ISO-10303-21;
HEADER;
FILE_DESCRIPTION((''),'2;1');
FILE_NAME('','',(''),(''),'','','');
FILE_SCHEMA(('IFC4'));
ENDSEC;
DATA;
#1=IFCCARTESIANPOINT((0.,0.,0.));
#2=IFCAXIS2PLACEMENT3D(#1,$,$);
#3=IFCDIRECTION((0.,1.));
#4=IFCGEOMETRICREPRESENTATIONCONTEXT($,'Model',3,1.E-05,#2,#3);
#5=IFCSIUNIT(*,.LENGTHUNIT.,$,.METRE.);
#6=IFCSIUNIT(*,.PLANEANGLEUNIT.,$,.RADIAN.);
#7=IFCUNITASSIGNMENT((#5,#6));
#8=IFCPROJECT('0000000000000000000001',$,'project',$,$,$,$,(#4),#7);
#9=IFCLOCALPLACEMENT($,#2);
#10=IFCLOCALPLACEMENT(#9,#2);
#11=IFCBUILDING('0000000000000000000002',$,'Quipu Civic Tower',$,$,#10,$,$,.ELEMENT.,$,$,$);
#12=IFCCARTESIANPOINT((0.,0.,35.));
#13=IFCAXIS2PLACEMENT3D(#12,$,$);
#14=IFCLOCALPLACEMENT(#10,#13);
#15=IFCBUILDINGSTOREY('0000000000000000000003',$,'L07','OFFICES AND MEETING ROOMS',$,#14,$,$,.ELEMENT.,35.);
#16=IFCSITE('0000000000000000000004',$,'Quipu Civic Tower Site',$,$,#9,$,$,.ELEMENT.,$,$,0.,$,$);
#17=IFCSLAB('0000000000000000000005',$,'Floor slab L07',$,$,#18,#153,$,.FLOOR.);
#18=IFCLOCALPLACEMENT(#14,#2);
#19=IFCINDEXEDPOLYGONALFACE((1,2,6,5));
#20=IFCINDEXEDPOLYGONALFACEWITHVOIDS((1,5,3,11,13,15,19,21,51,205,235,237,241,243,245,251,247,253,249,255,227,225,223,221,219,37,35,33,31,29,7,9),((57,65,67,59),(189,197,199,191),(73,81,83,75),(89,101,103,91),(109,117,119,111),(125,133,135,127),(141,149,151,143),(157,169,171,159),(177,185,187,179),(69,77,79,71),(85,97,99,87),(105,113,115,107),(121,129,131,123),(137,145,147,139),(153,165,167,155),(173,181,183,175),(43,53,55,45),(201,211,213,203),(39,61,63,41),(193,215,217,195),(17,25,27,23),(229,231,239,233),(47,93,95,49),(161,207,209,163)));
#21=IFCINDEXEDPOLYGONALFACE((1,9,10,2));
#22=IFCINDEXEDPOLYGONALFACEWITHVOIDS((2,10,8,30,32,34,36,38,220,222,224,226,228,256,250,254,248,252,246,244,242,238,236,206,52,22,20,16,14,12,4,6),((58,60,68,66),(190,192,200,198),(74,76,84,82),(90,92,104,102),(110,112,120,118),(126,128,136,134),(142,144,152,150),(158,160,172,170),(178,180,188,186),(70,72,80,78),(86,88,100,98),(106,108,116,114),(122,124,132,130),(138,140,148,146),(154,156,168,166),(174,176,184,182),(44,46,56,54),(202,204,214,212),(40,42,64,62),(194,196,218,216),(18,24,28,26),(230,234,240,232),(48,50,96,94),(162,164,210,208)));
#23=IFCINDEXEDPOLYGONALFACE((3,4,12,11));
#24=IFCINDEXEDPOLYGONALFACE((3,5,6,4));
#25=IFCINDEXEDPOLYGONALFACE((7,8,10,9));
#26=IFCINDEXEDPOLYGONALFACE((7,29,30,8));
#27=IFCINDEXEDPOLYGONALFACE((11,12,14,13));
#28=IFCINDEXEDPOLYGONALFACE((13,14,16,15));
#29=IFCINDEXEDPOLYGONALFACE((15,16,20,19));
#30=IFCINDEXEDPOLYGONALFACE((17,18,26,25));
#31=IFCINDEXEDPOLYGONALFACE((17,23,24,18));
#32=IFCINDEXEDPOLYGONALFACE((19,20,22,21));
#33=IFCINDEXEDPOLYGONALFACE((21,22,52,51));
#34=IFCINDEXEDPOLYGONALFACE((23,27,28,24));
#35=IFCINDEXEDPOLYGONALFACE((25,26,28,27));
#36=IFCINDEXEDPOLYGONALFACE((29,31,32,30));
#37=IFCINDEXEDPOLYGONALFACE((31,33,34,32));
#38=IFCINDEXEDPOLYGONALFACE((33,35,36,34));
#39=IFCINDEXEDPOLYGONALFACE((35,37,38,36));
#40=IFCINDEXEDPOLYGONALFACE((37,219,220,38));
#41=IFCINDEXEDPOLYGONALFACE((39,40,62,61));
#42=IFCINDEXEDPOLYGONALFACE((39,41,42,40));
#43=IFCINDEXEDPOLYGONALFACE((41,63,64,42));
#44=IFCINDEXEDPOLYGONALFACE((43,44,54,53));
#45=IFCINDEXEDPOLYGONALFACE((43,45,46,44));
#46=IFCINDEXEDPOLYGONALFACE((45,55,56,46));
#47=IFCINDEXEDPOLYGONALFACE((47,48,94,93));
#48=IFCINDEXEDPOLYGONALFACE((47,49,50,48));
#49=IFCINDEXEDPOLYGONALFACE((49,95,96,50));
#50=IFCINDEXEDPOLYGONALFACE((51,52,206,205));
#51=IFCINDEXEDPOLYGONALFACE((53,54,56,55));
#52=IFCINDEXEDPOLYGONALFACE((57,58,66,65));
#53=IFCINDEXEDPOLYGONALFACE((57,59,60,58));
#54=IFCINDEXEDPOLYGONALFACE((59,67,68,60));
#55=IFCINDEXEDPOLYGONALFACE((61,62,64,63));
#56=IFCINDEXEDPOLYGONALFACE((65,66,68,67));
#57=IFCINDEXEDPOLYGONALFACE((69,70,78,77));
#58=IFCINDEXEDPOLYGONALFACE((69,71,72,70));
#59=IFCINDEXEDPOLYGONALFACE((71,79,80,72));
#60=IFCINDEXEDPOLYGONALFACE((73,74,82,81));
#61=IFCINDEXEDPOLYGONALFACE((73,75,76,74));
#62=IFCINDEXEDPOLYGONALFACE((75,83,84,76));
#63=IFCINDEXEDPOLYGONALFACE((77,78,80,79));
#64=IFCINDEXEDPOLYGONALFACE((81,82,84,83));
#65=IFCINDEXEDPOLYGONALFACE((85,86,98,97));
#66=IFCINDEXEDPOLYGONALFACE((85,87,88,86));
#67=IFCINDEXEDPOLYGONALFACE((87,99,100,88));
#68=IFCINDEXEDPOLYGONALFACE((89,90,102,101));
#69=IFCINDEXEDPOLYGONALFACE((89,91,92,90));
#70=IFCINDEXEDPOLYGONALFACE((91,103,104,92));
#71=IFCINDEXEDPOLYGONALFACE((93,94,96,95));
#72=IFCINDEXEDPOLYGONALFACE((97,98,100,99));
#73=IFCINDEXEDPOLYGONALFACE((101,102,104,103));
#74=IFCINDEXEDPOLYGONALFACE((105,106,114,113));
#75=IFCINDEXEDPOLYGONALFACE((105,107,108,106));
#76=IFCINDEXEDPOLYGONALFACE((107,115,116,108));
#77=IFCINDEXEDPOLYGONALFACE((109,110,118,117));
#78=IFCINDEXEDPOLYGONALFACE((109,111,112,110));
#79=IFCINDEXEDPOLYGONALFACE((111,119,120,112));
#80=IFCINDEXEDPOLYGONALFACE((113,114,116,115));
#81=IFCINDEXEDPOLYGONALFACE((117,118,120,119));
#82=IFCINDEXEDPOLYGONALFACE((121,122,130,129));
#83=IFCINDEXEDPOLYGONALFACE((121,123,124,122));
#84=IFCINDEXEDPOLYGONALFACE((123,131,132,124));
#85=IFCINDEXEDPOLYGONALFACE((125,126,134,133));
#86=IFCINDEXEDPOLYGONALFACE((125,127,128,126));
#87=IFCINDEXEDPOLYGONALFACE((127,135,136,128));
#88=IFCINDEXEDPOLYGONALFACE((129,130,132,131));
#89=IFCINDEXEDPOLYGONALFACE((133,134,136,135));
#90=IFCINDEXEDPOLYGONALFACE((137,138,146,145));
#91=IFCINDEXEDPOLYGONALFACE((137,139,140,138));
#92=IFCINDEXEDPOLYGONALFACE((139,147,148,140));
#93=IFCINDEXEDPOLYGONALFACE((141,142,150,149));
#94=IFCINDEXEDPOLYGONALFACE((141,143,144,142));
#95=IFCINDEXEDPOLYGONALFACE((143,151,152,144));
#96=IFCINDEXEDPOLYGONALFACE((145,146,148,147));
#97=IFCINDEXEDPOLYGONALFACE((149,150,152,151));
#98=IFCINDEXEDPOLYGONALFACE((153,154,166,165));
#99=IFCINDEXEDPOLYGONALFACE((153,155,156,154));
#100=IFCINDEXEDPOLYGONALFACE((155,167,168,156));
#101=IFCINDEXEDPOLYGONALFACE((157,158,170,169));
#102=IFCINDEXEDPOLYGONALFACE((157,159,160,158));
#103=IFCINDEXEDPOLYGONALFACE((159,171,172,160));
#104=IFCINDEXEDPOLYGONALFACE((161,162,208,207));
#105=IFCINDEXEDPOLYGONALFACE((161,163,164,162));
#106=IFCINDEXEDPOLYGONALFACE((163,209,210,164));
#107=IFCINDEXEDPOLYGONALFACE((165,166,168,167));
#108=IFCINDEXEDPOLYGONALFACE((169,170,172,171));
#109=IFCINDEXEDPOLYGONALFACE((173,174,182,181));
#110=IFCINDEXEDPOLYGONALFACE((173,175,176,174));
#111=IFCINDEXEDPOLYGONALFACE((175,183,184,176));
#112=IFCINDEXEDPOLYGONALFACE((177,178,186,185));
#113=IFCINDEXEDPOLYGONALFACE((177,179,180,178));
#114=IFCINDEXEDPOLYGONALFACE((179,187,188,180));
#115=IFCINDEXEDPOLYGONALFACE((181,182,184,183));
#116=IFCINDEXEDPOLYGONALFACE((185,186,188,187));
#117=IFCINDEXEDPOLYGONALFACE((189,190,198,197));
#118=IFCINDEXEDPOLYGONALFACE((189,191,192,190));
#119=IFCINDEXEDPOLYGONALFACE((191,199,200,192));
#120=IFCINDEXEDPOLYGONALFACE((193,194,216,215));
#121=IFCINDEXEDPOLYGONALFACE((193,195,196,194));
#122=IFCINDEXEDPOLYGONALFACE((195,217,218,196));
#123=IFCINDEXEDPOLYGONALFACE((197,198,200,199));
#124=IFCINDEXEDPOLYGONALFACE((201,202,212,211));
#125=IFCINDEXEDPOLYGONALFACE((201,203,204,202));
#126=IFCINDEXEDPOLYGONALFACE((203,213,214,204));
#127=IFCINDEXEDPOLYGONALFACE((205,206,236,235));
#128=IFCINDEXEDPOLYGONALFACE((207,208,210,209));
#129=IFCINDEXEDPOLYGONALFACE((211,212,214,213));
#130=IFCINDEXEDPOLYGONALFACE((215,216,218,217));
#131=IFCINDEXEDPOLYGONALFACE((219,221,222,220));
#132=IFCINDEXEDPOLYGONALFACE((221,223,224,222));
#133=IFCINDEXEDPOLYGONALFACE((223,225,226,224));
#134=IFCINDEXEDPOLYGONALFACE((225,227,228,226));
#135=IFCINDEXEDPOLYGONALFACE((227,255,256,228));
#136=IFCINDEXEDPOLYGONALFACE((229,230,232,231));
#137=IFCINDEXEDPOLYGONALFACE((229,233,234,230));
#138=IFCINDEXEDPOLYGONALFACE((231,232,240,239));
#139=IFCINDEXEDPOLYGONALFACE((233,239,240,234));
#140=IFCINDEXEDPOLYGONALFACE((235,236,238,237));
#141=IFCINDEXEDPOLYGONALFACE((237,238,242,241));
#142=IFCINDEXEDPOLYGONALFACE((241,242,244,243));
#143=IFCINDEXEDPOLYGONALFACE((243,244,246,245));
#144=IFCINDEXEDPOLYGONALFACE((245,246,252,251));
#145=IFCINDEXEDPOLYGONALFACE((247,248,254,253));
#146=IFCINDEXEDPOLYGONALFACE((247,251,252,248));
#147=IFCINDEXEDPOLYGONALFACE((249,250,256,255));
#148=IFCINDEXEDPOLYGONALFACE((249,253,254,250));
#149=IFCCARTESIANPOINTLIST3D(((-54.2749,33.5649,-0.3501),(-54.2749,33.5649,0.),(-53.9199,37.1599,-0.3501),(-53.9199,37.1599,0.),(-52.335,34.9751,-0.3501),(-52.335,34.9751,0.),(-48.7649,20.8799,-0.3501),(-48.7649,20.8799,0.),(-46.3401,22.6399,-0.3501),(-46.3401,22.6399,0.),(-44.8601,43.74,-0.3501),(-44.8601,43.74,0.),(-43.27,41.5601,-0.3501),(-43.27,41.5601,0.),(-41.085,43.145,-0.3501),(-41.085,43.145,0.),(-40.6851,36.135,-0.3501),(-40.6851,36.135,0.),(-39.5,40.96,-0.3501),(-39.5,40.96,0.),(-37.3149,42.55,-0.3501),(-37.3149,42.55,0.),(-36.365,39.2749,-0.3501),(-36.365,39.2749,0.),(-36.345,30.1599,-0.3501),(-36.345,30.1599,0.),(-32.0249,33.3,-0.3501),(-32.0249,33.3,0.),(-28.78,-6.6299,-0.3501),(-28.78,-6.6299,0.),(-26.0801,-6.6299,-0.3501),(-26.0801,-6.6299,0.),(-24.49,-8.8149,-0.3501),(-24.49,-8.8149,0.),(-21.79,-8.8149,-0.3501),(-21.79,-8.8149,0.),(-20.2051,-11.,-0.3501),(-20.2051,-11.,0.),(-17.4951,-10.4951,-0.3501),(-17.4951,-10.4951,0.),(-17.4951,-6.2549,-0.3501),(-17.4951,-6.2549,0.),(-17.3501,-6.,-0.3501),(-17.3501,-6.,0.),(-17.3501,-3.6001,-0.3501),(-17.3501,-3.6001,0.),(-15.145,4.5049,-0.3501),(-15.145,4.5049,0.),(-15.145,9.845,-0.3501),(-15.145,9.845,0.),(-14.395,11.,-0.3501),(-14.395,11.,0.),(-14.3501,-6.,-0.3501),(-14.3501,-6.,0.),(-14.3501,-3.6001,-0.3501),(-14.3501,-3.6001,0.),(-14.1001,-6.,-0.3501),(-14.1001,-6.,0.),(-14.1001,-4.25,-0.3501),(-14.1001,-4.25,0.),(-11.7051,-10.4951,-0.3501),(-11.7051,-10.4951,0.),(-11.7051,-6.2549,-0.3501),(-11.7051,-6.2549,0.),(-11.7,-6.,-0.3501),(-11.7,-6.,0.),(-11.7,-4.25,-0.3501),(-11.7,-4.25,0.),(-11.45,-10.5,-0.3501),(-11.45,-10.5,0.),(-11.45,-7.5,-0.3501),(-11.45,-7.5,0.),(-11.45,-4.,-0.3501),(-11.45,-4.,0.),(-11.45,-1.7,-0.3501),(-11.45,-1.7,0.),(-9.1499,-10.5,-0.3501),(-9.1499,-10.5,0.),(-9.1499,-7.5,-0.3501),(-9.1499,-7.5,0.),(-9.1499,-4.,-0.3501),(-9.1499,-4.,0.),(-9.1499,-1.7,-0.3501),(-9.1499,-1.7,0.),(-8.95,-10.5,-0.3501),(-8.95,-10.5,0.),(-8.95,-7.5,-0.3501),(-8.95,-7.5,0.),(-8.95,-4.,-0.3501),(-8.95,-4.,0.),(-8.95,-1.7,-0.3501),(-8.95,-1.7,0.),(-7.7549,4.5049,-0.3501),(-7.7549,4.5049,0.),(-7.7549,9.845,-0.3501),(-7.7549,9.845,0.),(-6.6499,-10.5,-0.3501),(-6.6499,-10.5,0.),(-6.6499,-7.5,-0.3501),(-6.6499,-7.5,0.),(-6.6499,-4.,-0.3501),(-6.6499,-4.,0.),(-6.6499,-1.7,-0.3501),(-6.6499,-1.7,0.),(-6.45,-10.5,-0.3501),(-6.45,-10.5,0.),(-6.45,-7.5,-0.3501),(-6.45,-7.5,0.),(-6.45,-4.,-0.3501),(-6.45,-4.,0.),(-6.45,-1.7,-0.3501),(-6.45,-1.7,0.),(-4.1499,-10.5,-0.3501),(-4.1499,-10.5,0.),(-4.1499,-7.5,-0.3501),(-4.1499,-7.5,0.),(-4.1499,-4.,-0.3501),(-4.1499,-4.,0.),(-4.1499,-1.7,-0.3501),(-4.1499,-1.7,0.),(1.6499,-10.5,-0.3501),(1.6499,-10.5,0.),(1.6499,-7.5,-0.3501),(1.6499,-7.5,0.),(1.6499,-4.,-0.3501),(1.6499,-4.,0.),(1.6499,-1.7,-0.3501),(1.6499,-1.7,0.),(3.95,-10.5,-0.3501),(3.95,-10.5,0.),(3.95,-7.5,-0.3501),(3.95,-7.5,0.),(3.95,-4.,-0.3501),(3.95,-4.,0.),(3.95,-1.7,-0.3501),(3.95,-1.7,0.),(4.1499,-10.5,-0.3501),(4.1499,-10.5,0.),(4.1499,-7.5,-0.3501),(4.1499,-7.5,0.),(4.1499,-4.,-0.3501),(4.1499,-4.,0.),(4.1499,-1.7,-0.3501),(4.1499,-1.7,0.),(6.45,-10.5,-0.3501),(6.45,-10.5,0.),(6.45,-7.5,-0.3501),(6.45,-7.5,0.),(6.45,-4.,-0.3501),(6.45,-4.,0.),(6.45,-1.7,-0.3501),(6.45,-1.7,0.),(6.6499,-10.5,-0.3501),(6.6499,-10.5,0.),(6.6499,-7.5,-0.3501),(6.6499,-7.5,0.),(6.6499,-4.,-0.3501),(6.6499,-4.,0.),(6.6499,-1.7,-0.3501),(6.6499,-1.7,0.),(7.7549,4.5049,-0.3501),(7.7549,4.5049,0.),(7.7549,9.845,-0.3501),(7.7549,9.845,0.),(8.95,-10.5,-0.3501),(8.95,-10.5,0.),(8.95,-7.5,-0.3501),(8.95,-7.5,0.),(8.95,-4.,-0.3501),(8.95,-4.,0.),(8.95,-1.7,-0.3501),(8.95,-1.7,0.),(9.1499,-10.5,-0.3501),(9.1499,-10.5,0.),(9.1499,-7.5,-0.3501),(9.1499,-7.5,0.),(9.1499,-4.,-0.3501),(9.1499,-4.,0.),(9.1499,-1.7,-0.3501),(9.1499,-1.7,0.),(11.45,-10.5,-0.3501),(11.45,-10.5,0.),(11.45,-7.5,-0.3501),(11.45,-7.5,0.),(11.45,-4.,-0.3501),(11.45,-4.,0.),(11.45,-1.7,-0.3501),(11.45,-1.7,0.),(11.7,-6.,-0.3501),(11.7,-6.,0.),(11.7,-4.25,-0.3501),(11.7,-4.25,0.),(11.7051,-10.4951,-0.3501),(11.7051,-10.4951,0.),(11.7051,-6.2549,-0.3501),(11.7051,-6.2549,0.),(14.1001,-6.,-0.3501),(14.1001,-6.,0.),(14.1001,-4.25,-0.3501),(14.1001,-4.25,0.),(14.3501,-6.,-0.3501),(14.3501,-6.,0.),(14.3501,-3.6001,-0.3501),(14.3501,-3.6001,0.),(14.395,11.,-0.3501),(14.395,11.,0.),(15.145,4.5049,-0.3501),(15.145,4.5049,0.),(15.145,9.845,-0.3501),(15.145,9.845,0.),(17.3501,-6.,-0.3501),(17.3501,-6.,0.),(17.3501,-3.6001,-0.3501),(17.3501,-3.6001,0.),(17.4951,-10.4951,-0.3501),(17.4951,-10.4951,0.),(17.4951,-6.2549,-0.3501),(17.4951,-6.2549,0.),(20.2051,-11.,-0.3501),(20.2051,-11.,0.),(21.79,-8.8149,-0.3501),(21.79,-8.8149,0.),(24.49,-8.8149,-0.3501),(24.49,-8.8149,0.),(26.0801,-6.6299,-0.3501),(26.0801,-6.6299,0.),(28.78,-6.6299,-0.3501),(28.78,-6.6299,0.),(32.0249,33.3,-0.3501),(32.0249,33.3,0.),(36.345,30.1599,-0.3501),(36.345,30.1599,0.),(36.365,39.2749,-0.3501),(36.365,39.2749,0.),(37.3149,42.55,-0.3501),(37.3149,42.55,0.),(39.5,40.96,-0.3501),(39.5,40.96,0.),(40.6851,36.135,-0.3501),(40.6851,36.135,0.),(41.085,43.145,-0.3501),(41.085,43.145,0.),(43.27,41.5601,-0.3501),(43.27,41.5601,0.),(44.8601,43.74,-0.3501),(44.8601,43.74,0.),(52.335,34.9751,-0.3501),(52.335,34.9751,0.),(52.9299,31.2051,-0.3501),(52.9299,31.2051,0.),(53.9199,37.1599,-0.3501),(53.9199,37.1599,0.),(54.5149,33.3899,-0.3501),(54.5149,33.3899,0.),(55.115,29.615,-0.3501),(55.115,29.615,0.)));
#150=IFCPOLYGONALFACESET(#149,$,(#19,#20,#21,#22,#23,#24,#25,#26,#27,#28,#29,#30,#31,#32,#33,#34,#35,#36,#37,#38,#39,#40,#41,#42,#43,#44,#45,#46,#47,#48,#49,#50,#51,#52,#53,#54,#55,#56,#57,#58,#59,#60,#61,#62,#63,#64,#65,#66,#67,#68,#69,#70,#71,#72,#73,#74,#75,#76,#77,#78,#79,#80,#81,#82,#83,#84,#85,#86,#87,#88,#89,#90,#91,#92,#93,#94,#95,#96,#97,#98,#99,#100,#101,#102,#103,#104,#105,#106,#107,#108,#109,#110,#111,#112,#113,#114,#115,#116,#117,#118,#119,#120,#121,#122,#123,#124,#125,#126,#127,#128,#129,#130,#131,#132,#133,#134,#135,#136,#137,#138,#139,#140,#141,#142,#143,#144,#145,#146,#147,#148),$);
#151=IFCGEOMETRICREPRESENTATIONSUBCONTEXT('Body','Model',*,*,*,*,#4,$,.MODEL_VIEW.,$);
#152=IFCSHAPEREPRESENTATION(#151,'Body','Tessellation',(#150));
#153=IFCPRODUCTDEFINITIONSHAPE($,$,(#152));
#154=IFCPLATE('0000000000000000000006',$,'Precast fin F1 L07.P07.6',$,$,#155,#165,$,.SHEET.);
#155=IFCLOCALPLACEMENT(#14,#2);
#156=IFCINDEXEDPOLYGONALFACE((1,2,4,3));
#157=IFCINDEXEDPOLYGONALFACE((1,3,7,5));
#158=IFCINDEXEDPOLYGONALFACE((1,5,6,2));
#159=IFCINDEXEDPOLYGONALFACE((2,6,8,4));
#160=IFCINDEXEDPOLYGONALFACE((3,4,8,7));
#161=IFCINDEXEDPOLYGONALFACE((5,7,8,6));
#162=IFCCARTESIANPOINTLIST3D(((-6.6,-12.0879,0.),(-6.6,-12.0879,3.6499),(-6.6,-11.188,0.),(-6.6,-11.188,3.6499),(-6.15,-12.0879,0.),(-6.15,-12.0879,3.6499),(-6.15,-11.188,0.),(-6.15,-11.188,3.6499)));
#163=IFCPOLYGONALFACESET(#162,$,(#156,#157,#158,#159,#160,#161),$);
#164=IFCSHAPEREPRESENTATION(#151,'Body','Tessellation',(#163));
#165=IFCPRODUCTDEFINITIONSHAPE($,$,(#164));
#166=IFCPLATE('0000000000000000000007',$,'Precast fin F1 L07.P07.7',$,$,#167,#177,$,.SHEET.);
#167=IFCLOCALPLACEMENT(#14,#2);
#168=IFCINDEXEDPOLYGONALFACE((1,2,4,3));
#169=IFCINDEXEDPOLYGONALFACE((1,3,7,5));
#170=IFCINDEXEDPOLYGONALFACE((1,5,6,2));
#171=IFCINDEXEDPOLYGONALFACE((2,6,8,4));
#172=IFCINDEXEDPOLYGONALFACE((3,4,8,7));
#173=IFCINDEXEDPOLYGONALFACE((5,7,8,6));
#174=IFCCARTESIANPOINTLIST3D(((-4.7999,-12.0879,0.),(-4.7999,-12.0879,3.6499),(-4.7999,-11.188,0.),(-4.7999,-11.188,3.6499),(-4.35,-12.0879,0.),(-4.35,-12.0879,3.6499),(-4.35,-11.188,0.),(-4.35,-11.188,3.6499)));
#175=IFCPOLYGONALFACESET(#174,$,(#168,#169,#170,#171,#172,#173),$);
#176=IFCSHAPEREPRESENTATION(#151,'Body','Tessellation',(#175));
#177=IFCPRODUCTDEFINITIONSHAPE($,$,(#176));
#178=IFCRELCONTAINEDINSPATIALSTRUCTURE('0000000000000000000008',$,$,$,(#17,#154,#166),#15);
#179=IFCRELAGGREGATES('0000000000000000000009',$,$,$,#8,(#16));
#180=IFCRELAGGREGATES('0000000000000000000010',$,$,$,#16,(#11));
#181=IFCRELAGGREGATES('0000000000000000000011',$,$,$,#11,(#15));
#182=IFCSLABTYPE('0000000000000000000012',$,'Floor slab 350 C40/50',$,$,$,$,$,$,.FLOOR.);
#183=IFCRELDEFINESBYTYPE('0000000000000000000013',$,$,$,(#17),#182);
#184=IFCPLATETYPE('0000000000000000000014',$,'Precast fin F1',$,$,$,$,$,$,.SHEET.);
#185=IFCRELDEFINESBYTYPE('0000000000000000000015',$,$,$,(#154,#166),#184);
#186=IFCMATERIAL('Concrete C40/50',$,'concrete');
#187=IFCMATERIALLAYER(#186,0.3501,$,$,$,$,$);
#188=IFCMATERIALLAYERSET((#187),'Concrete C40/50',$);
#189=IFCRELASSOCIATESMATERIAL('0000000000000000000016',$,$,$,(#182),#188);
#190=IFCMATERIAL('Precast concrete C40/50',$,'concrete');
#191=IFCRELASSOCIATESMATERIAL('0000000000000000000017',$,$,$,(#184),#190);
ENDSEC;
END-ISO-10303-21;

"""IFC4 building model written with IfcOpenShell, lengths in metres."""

from ifc_helpers import new_model, si_unit, direction, frame, origin, origin_2d, place, context, subcontext, project, spatial, polyline, rectangle, outline, extrude, material, layer, layer_set, type_object, element, save


model = new_model("IFC4")

# Units and contexts
model_context = context("Model", 3, precision=1e-05, world=origin(), true_north=direction((0.0, 1.0)))
body_context = subcontext(model_context, "Body", "Model", "MODEL_VIEW")
ifc_project = project(units=[si_unit("LENGTHUNIT", "METRE"), si_unit("PLANEANGLEUNIT", "RADIAN")], contexts=[model_context])

# Site, building, storey
site_placement = place(None, origin())
site = spatial("IfcSite", under=ifc_project, at=site_placement, Name="Quipu Civic Tower Site", CompositionType="ELEMENT", RefElevation=0.0)
building_placement = place(site_placement, origin())
building = spatial("IfcBuilding", under=site, at=building_placement, Name="Quipu Civic Tower", CompositionType="ELEMENT")
storey_placement = place(building_placement, frame((0.0, 0.0, 35.0)))
storey = spatial("IfcBuildingStorey", under=building, at=storey_placement, Name="L07", Description="OFFICES AND MEETING ROOMS", CompositionType="ELEMENT", Elevation=35.0)

# Slab
ifc_material_1 = material(Name="Concrete C40/50", Category="concrete")
ifc_layer_1 = layer(ifc_material_1, 0.3501)
ifc_layer_set_1 = layer_set([ifc_layer_1], Name="Concrete C40/50")
slab_type_1 = type_object("IfcSlabType", Name="Floor slab 350 C40/50", PredefinedType="FLOOR", material=ifc_layer_set_1)
slab_1_placement = place(storey_placement, frame((0.0, 0.0, -0.3501)))
element("IfcSlab", 1, at=slab_1_placement, inside=storey, type_object=slab_type_1, Name="Floor slab L07", PredefinedType="FLOOR", context=body_context, shape_type="SweptSolid", body=[
    extrude(outline(polyline([(-44.8601, 43.74), (-43.27, 41.5601), (-41.085, 43.145), (-39.5, 40.96), (-37.3149, 42.55), (-14.395, 11.0), (14.395, 11.0), (37.3149, 42.55), (39.5, 40.96), (41.085, 43.145), (43.27, 41.5601), (44.8601, 43.74), (53.9199, 37.1599), (52.335, 34.9751), (54.5149, 33.3899), (52.9299, 31.2051), (55.115, 29.615), (28.78, -6.6299), (26.0801, -6.6299), (24.49, -8.8149), (21.79, -8.8149), (20.2051, -11.0), (-20.2051, -11.0), (-21.79, -8.8149), (-24.49, -8.8149), (-26.0801, -6.6299), (-28.78, -6.6299), (-48.7649, 20.8799), (-46.3401, 22.6399), (-54.2749, 33.5649), (-52.335, 34.9751), (-53.9199, 37.1599), (-44.8601, 43.74)]), holes=[polyline([(-11.45, -7.5), (-11.45, -10.5), (-9.1499, -10.5), (-9.1499, -7.5), (-11.45, -7.5)]), polyline([(-6.6499, -7.5), (-8.95, -7.5), (-8.95, -10.5), (-6.6499, -10.5), (-6.6499, -7.5)]), polyline([(-4.1499, -7.5), (-6.45, -7.5), (-6.45, -10.5), (-4.1499, -10.5), (-4.1499, -7.5)]), polyline([(1.6499, -7.5), (1.6499, -10.5), (3.95, -10.5), (3.95, -7.5), (1.6499, -7.5)]), polyline([(-11.7051, -10.4951), (-11.7051, -6.2549), (-17.4951, -6.2549), (-17.4951, -10.4951), (-11.7051, -10.4951)]), polyline([(-11.7, -4.25), (-14.1001, -4.25), (-14.1001, -6.0), (-11.7, -6.0), (-11.7, -4.25)]), polyline([(-17.3501, -3.6001), (-17.3501, -6.0), (-14.3501, -6.0), (-14.3501, -3.6001), (-17.3501, -3.6001)]), polyline([(-9.1499, -1.7), (-11.45, -1.7), (-11.45, -4.0), (-9.1499, -4.0), (-9.1499, -1.7)]), polyline([(-6.6499, -1.7), (-8.95, -1.7), (-8.95, -4.0), (-6.6499, -4.0), (-6.6499, -1.7)]), polyline([(-6.45, -1.7), (-6.45, -4.0), (-4.1499, -4.0), (-4.1499, -1.7), (-6.45, -1.7)]), polyline([(-7.7549, 4.5049), (-7.7549, 9.845), (-15.145, 9.845), (-15.145, 4.5049), (-7.7549, 4.5049)]), polyline([(-36.365, 39.2749), (-40.6851, 36.135), (-36.345, 30.1599), (-32.0249, 33.3), (-36.365, 39.2749)]), polyline([(4.1499, -7.5), (4.1499, -10.5), (6.45, -10.5), (6.45, -7.5), (4.1499, -7.5)]), polyline([(8.95, -7.5), (6.6499, -7.5), (6.6499, -10.5), (8.95, -10.5), (8.95, -7.5)]), polyline([(11.45, -7.5), (9.1499, -7.5), (9.1499, -10.5), (11.45, -10.5), (11.45, -7.5)]), polyline([(11.7051, -10.4951), (17.4951, -10.4951), (17.4951, -6.2549), (11.7051, -6.2549), (11.7051, -10.4951)]), polyline([(14.1001, -4.25), (11.7, -4.25), (11.7, -6.0), (14.1001, -6.0), (14.1001, -4.25)]), polyline([(17.3501, -3.6001), (14.3501, -3.6001), (14.3501, -6.0), (17.3501, -6.0), (17.3501, -3.6001)]), polyline([(1.6499, -1.7), (1.6499, -4.0), (3.95, -4.0), (3.95, -1.7), (1.6499, -1.7)]), polyline([(6.45, -1.7), (4.1499, -1.7), (4.1499, -4.0), (6.45, -4.0), (6.45, -1.7)]), polyline([(8.95, -1.7), (6.6499, -1.7), (6.6499, -4.0), (8.95, -4.0), (8.95, -1.7)]), polyline([(9.1499, -1.7), (9.1499, -4.0), (11.45, -4.0), (11.45, -1.7), (9.1499, -1.7)]), polyline([(7.7549, 9.845), (7.7549, 4.5049), (15.145, 4.5049), (15.145, 9.845), (7.7549, 9.845)]), polyline([(40.6851, 36.135), (36.365, 39.2749), (32.0249, 33.3), (36.345, 30.1599), (40.6851, 36.135)])]), origin(), (0.0, 0.0, 1.0), 0.3501),
])

# Plates
ifc_material_2 = material(Name="Precast concrete C40/50", Category="concrete")
plate_type = type_object("IfcPlateType", Name="Precast fin F1", PredefinedType="SHEET", material=ifc_material_2)
for number, where, z_axis, x_axis, name in (
    (2, (-6.375, -11.6379, 0.0), (0.0, 0.0, 1.0), (1.0, 0.0, 0.0), "Precast fin F1 L07.P07.6"),
    (3, (-4.575, -11.6379, 0.0), (0.0, 0.0, 1.0), (1.0, 0.0, 0.0), "Precast fin F1 L07.P07.7"),
):
    element("IfcPlate", number, at=place(storey_placement, frame(where, z_axis=z_axis, x_axis=x_axis)), inside=storey, type_object=plate_type, Name=name, PredefinedType="SHEET", context=body_context, shape_type="SweptSolid", body=[
        extrude(rectangle(XDim=0.45, YDim=0.8999, at=origin_2d()), origin(), (0.0, 0.0, 1.0), 3.6499),
    ])

save(model, "model.ifc")
